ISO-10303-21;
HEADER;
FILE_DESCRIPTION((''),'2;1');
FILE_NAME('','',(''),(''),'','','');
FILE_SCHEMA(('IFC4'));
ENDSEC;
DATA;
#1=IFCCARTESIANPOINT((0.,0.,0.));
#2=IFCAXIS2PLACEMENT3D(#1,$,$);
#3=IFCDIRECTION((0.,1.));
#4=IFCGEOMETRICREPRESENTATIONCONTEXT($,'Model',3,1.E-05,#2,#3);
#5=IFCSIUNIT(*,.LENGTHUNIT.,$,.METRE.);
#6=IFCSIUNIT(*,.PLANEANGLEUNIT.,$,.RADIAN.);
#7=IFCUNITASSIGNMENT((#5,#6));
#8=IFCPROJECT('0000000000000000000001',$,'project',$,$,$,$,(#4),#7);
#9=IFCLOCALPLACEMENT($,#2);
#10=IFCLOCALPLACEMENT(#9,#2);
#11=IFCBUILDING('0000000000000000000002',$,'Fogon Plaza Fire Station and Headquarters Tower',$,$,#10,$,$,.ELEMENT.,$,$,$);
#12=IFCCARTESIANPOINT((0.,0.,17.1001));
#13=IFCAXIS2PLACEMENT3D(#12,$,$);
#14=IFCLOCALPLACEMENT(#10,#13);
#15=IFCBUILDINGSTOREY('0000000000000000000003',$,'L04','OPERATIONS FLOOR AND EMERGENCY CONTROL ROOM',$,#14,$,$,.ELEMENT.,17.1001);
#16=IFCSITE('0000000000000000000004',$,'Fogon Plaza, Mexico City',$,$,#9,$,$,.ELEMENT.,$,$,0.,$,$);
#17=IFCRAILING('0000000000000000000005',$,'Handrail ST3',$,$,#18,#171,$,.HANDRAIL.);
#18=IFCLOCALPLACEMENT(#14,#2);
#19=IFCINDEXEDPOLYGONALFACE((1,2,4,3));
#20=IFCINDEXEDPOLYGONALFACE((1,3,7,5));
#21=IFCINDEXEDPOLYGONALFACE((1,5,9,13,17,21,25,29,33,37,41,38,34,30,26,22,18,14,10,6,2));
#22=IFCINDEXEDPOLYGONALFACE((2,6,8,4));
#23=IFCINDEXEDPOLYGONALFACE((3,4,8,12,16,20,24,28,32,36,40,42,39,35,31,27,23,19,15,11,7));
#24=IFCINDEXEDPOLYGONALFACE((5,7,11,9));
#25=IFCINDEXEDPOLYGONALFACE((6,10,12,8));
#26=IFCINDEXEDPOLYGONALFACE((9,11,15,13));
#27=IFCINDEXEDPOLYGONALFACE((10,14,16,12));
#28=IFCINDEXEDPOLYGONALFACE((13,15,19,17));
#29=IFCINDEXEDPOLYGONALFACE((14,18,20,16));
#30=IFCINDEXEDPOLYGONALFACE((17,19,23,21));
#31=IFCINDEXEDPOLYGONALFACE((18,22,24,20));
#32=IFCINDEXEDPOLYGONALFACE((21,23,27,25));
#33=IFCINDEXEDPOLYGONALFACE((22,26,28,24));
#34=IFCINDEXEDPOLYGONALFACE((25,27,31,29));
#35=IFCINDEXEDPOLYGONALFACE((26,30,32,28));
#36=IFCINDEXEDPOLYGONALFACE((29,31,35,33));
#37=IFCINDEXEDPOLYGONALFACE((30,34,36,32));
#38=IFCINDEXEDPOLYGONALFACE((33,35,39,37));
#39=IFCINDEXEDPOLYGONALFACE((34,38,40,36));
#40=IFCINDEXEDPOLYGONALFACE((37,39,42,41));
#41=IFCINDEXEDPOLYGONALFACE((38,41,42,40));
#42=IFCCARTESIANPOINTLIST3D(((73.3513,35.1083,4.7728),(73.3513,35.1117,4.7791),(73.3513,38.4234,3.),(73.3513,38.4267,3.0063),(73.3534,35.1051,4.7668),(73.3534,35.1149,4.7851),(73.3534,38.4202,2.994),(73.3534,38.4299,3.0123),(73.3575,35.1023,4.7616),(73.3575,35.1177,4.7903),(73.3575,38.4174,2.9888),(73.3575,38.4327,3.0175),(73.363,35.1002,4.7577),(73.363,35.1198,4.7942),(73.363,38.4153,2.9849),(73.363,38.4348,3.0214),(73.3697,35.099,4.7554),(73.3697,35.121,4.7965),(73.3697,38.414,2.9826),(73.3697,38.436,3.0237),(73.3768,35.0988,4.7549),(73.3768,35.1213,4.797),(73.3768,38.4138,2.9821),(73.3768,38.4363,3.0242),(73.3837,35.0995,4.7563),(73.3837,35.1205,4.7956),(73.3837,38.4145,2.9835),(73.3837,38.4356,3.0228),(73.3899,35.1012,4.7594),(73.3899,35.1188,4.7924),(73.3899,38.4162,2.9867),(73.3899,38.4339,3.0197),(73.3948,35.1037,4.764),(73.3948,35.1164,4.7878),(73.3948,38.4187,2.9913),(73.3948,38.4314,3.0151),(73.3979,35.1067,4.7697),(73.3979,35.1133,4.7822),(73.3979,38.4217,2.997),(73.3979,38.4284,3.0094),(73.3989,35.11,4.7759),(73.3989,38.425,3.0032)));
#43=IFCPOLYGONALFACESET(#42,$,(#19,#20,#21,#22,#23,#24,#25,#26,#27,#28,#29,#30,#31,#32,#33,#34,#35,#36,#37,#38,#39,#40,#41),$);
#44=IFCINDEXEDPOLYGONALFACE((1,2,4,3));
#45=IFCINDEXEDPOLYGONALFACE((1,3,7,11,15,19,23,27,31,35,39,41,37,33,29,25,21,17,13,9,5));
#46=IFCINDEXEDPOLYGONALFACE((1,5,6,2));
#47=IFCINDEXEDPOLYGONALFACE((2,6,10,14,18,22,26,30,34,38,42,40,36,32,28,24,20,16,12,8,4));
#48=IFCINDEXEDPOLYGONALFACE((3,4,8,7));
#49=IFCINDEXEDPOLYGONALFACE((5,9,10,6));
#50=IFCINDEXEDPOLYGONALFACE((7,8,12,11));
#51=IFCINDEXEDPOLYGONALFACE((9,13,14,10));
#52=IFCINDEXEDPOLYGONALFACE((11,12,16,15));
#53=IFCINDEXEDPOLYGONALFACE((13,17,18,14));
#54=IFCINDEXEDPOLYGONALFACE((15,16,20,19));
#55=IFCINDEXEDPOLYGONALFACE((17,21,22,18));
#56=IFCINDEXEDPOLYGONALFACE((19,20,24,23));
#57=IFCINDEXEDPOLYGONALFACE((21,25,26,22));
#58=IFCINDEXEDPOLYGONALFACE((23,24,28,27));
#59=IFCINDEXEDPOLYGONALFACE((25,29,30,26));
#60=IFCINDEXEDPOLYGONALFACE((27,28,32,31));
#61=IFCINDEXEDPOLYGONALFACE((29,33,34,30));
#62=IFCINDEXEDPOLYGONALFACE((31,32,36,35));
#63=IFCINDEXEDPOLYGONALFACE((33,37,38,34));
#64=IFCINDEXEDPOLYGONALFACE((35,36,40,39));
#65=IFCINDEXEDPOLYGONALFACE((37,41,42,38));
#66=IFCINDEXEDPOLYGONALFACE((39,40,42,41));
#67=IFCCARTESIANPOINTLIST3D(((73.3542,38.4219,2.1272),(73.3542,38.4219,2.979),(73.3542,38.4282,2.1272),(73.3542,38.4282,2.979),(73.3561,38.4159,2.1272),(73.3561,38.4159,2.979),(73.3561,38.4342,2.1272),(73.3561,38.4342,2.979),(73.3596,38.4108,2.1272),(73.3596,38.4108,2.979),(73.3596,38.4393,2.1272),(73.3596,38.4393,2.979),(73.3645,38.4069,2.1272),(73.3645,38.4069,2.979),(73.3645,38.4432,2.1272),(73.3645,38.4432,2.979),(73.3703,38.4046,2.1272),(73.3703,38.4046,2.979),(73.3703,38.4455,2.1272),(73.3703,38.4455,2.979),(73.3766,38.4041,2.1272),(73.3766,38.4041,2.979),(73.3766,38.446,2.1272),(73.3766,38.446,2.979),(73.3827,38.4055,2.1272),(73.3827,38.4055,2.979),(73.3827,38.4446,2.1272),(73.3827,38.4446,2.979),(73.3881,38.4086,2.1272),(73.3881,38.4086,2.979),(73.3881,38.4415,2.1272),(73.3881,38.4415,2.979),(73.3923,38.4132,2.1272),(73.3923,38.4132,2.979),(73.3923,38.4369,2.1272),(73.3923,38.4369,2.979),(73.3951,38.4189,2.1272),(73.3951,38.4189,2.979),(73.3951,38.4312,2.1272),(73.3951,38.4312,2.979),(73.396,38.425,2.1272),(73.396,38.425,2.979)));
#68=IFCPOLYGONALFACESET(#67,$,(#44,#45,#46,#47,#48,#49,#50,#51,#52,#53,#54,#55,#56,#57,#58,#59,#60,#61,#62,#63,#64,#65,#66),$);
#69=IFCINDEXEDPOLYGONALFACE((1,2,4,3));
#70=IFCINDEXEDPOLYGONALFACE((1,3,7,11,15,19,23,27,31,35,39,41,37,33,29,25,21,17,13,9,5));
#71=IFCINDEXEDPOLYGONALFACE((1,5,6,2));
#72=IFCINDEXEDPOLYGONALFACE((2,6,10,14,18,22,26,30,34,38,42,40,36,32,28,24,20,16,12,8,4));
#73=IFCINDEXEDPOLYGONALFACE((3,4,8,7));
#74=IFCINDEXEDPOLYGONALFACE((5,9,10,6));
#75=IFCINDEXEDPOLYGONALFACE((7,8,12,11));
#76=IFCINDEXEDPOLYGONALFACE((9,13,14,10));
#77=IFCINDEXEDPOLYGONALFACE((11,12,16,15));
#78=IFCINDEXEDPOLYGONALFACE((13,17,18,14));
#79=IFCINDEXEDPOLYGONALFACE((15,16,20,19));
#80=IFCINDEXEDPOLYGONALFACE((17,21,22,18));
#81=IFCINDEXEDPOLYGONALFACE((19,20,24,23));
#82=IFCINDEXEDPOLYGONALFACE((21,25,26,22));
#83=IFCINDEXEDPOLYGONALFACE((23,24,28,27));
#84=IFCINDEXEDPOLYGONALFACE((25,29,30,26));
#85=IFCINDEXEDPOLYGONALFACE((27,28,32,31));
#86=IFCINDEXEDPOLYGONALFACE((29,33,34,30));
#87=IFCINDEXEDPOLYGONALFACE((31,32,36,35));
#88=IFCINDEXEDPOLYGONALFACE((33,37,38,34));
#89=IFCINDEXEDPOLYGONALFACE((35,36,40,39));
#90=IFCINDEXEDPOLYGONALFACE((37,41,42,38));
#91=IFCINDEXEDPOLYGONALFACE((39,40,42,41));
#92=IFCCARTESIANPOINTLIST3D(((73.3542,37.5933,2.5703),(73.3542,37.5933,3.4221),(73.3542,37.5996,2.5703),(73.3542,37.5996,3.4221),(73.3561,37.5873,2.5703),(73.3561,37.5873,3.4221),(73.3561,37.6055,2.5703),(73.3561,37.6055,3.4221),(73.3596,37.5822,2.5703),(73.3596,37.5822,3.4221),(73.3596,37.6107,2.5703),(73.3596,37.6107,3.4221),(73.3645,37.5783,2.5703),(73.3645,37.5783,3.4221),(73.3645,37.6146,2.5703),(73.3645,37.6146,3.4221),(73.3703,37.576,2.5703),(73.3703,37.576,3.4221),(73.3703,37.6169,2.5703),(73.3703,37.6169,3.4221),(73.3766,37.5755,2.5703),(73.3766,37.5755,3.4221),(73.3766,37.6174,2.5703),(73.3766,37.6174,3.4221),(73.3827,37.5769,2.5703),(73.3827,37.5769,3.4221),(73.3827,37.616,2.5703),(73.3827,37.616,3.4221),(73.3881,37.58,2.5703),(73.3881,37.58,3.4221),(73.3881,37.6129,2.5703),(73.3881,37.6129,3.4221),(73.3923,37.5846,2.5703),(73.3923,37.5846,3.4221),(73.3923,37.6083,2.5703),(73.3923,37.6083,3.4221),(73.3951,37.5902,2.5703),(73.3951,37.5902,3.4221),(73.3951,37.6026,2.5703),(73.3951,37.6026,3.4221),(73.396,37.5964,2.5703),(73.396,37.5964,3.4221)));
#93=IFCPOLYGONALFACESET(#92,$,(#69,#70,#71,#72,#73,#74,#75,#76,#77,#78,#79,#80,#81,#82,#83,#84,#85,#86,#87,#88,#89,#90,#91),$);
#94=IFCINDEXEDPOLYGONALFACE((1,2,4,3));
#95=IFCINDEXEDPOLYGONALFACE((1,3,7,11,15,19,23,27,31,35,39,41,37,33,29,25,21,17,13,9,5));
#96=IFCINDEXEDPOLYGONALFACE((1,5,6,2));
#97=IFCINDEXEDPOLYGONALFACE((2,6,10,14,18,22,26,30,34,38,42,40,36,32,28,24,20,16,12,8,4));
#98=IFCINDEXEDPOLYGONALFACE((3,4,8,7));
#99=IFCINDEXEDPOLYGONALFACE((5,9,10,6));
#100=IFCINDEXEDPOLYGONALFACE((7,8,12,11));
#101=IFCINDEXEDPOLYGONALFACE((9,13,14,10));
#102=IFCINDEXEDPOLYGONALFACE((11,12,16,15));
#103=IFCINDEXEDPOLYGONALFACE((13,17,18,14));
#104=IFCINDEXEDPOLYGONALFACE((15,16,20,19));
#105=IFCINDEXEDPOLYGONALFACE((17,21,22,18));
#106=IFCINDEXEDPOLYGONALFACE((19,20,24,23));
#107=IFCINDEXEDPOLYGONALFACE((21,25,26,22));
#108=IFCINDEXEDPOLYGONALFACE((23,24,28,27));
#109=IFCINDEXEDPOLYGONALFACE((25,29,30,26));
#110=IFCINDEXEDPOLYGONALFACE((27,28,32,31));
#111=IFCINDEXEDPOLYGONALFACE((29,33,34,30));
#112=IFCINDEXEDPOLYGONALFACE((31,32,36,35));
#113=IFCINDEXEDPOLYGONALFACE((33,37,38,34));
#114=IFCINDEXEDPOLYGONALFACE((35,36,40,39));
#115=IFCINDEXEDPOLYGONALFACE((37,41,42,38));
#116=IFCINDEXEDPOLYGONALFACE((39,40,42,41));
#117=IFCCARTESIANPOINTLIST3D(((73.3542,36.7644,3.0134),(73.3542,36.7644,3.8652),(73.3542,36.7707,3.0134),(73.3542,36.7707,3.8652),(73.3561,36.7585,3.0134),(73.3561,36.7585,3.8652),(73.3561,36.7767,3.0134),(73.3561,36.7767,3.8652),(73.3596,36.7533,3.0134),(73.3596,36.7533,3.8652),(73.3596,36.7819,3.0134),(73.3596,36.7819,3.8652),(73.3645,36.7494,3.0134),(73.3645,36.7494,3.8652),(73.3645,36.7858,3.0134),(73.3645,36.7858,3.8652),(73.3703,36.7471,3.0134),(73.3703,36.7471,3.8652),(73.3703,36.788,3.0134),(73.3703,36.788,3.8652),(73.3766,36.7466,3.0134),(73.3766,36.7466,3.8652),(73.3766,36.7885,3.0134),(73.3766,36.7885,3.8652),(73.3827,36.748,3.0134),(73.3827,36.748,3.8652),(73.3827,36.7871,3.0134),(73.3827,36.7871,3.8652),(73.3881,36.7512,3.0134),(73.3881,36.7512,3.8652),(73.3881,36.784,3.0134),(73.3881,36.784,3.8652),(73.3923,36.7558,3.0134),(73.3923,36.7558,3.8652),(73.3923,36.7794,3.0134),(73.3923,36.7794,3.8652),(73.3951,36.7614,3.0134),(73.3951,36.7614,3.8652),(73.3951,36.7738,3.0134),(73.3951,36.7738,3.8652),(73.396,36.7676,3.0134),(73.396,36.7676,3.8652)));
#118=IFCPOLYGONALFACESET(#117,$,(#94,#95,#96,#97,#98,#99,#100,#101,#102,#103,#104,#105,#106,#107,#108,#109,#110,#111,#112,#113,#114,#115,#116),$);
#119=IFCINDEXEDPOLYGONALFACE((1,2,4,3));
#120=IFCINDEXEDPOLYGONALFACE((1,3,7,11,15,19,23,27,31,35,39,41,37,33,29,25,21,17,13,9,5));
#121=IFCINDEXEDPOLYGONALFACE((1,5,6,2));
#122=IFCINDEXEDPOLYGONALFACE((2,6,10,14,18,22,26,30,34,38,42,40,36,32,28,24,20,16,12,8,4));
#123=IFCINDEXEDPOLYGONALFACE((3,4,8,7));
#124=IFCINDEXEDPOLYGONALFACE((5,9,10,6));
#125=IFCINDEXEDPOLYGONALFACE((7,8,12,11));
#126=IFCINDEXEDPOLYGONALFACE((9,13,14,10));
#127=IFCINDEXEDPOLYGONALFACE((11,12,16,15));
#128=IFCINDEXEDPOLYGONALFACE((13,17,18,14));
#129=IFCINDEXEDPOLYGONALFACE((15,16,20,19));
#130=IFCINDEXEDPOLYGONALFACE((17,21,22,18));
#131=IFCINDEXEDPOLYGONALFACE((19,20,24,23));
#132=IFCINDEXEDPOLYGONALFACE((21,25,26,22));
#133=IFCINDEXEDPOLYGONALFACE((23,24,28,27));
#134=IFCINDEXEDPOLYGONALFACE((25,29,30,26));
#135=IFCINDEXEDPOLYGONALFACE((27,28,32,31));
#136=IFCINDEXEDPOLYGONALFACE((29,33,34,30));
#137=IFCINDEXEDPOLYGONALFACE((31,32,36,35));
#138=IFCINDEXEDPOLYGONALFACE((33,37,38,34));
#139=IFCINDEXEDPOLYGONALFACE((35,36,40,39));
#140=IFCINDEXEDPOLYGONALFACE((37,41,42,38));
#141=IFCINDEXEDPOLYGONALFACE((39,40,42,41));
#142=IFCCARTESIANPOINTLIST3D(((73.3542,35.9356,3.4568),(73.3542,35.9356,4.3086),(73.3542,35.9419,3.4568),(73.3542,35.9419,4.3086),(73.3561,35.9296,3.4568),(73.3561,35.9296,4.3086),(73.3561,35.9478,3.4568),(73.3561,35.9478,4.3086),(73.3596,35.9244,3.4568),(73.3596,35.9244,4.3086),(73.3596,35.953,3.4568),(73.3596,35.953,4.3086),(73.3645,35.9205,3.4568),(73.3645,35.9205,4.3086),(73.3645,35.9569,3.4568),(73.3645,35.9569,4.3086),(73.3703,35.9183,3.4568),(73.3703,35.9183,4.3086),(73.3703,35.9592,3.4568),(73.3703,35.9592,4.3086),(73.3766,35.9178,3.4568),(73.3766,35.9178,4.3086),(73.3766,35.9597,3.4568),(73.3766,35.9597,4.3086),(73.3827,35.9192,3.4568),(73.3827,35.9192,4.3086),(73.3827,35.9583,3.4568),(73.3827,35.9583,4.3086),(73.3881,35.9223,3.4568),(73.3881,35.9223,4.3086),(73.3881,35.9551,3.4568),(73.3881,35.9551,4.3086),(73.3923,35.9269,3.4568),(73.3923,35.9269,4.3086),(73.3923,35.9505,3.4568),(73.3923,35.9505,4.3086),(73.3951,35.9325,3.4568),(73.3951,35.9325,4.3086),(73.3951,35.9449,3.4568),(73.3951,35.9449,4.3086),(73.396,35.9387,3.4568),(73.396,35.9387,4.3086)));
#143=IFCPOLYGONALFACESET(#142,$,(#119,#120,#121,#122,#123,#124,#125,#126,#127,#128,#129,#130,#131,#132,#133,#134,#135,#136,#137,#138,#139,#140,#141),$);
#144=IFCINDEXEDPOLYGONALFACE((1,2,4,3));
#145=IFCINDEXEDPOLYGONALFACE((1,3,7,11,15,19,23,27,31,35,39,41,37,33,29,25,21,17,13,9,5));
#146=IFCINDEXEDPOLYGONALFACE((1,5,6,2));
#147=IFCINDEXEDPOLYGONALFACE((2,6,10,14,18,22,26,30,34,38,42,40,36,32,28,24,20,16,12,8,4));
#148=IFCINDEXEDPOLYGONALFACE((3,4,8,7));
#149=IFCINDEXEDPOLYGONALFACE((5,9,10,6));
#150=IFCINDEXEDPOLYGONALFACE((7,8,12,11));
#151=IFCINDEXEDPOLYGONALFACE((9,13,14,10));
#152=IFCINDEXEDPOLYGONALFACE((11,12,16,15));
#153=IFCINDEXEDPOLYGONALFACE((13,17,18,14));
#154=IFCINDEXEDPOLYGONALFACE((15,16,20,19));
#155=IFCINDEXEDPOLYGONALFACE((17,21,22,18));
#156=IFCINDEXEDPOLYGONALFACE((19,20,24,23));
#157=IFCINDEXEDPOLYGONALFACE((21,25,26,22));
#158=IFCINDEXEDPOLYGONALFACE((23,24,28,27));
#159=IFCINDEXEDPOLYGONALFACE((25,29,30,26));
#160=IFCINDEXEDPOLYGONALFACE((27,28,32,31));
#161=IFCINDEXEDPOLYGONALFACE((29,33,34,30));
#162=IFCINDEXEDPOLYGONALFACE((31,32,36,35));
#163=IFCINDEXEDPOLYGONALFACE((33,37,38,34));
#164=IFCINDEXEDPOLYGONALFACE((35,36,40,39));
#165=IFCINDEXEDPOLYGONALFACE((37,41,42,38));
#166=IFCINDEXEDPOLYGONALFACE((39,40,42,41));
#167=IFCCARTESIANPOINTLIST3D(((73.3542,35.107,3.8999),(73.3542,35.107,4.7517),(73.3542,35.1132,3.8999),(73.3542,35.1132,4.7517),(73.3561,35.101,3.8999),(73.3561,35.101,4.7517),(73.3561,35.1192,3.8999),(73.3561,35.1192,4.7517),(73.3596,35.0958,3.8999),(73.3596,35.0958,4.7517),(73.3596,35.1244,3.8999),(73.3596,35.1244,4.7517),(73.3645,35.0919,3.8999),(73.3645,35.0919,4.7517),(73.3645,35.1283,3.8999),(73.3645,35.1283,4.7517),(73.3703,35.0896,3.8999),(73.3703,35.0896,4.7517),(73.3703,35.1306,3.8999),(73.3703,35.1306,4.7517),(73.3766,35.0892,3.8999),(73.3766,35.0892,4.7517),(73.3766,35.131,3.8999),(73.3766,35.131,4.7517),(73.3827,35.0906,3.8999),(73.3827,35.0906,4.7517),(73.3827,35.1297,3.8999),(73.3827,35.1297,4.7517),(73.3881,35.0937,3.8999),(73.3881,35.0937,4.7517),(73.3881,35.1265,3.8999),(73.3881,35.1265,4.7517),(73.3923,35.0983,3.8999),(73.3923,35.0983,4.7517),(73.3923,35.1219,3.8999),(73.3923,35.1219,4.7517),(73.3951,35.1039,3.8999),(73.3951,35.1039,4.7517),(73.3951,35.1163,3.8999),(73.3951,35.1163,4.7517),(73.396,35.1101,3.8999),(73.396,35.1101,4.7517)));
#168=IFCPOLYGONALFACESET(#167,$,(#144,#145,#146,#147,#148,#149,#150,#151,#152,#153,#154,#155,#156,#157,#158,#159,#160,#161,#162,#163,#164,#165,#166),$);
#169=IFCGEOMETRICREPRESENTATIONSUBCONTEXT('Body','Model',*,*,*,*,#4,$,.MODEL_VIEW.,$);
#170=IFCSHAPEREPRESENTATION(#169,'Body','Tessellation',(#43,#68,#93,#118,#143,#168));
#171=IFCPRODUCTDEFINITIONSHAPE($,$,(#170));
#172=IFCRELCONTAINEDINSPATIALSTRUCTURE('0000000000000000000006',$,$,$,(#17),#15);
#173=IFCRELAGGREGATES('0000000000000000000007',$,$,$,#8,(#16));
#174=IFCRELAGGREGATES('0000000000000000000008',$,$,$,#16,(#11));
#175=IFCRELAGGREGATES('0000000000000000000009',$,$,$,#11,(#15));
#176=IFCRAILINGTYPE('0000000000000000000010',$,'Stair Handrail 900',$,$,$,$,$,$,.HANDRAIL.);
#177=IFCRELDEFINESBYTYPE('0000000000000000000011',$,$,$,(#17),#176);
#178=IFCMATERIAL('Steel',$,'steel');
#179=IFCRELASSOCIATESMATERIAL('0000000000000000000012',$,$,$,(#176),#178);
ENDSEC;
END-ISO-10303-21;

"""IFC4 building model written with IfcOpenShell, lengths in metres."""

from ifc_helpers import new_model, si_unit, direction, frame, origin, origin_2d, place, context, subcontext, project, spatial, circle, extrude, material, type_object, element, save


model = new_model("IFC4")

# Units and contexts
model_context = context("Model", 3, precision=1e-05, world=origin(), true_north=direction((0.0, 1.0)))
body_context = subcontext(model_context, "Body", "Model", "MODEL_VIEW")
ifc_project = project(units=[si_unit("LENGTHUNIT", "METRE"), si_unit("PLANEANGLEUNIT", "RADIAN")], contexts=[model_context])

# Site, building, storey
site_placement = place(None, origin())
site = spatial("IfcSite", under=ifc_project, at=site_placement, Name="Fogon Plaza, Mexico City", CompositionType="ELEMENT", RefElevation=0.0)
building_placement = place(site_placement, origin())
building = spatial("IfcBuilding", under=site, at=building_placement, Name="Fogon Plaza Fire Station and Headquarters Tower", CompositionType="ELEMENT")
storey_placement = place(building_placement, frame((0.0, 0.0, 17.1001)))
storey = spatial("IfcBuildingStorey", under=building, at=storey_placement, Name="L04", Description="OPERATIONS FLOOR AND EMERGENCY CONTROL ROOM", CompositionType="ELEMENT", Elevation=17.1001)

# Railing
ifc_material_1 = material(Name="Steel", Category="steel")
railing_type = type_object("IfcRailingType", Name="Stair Handrail 900", PredefinedType="HANDRAIL", material=ifc_material_1)
for number, where, name in (
    (1, (73.375, 38.425, 2.1272), "Handrail ST3"),
):
    element("IfcRailing", number, at=place(storey_placement, frame(where)), inside=storey, type_object=railing_type, Name=name, PredefinedType="HANDRAIL", context=body_context, shape_type="SweptSolid", body=[
        extrude(circle(Radius=0.0239, at=origin_2d()), frame((0.0, 0.0, 0.876), z_axis=(0.0, -0.881829, 0.471569), x_axis=(1.0, 0.0, 0.0)), (0.0, 0.0, 1.0), 3.7593),
        extrude(circle(Radius=0.021, at=origin_2d()), origin(), (0.0, 0.0, 1.0), 0.8518),
        extrude(circle(Radius=0.021, at=origin_2d()), frame((0.0, -0.8286, 0.4431)), (0.0, 0.0, 1.0), 0.8518),
        extrude(circle(Radius=0.021, at=origin_2d()), frame((0.0, -1.6575, 0.8862)), (0.0, 0.0, 1.0), 0.8518),
        extrude(circle(Radius=0.021, at=origin_2d()), frame((0.0, -2.4863, 1.3296)), (0.0, 0.0, 1.0), 0.8518),
        extrude(circle(Radius=0.021, at=origin_2d()), frame((0.0, -3.3149, 1.7727)), (0.0, 0.0, 1.0), 0.8518),
    ])

save(model, "model.ifc")
